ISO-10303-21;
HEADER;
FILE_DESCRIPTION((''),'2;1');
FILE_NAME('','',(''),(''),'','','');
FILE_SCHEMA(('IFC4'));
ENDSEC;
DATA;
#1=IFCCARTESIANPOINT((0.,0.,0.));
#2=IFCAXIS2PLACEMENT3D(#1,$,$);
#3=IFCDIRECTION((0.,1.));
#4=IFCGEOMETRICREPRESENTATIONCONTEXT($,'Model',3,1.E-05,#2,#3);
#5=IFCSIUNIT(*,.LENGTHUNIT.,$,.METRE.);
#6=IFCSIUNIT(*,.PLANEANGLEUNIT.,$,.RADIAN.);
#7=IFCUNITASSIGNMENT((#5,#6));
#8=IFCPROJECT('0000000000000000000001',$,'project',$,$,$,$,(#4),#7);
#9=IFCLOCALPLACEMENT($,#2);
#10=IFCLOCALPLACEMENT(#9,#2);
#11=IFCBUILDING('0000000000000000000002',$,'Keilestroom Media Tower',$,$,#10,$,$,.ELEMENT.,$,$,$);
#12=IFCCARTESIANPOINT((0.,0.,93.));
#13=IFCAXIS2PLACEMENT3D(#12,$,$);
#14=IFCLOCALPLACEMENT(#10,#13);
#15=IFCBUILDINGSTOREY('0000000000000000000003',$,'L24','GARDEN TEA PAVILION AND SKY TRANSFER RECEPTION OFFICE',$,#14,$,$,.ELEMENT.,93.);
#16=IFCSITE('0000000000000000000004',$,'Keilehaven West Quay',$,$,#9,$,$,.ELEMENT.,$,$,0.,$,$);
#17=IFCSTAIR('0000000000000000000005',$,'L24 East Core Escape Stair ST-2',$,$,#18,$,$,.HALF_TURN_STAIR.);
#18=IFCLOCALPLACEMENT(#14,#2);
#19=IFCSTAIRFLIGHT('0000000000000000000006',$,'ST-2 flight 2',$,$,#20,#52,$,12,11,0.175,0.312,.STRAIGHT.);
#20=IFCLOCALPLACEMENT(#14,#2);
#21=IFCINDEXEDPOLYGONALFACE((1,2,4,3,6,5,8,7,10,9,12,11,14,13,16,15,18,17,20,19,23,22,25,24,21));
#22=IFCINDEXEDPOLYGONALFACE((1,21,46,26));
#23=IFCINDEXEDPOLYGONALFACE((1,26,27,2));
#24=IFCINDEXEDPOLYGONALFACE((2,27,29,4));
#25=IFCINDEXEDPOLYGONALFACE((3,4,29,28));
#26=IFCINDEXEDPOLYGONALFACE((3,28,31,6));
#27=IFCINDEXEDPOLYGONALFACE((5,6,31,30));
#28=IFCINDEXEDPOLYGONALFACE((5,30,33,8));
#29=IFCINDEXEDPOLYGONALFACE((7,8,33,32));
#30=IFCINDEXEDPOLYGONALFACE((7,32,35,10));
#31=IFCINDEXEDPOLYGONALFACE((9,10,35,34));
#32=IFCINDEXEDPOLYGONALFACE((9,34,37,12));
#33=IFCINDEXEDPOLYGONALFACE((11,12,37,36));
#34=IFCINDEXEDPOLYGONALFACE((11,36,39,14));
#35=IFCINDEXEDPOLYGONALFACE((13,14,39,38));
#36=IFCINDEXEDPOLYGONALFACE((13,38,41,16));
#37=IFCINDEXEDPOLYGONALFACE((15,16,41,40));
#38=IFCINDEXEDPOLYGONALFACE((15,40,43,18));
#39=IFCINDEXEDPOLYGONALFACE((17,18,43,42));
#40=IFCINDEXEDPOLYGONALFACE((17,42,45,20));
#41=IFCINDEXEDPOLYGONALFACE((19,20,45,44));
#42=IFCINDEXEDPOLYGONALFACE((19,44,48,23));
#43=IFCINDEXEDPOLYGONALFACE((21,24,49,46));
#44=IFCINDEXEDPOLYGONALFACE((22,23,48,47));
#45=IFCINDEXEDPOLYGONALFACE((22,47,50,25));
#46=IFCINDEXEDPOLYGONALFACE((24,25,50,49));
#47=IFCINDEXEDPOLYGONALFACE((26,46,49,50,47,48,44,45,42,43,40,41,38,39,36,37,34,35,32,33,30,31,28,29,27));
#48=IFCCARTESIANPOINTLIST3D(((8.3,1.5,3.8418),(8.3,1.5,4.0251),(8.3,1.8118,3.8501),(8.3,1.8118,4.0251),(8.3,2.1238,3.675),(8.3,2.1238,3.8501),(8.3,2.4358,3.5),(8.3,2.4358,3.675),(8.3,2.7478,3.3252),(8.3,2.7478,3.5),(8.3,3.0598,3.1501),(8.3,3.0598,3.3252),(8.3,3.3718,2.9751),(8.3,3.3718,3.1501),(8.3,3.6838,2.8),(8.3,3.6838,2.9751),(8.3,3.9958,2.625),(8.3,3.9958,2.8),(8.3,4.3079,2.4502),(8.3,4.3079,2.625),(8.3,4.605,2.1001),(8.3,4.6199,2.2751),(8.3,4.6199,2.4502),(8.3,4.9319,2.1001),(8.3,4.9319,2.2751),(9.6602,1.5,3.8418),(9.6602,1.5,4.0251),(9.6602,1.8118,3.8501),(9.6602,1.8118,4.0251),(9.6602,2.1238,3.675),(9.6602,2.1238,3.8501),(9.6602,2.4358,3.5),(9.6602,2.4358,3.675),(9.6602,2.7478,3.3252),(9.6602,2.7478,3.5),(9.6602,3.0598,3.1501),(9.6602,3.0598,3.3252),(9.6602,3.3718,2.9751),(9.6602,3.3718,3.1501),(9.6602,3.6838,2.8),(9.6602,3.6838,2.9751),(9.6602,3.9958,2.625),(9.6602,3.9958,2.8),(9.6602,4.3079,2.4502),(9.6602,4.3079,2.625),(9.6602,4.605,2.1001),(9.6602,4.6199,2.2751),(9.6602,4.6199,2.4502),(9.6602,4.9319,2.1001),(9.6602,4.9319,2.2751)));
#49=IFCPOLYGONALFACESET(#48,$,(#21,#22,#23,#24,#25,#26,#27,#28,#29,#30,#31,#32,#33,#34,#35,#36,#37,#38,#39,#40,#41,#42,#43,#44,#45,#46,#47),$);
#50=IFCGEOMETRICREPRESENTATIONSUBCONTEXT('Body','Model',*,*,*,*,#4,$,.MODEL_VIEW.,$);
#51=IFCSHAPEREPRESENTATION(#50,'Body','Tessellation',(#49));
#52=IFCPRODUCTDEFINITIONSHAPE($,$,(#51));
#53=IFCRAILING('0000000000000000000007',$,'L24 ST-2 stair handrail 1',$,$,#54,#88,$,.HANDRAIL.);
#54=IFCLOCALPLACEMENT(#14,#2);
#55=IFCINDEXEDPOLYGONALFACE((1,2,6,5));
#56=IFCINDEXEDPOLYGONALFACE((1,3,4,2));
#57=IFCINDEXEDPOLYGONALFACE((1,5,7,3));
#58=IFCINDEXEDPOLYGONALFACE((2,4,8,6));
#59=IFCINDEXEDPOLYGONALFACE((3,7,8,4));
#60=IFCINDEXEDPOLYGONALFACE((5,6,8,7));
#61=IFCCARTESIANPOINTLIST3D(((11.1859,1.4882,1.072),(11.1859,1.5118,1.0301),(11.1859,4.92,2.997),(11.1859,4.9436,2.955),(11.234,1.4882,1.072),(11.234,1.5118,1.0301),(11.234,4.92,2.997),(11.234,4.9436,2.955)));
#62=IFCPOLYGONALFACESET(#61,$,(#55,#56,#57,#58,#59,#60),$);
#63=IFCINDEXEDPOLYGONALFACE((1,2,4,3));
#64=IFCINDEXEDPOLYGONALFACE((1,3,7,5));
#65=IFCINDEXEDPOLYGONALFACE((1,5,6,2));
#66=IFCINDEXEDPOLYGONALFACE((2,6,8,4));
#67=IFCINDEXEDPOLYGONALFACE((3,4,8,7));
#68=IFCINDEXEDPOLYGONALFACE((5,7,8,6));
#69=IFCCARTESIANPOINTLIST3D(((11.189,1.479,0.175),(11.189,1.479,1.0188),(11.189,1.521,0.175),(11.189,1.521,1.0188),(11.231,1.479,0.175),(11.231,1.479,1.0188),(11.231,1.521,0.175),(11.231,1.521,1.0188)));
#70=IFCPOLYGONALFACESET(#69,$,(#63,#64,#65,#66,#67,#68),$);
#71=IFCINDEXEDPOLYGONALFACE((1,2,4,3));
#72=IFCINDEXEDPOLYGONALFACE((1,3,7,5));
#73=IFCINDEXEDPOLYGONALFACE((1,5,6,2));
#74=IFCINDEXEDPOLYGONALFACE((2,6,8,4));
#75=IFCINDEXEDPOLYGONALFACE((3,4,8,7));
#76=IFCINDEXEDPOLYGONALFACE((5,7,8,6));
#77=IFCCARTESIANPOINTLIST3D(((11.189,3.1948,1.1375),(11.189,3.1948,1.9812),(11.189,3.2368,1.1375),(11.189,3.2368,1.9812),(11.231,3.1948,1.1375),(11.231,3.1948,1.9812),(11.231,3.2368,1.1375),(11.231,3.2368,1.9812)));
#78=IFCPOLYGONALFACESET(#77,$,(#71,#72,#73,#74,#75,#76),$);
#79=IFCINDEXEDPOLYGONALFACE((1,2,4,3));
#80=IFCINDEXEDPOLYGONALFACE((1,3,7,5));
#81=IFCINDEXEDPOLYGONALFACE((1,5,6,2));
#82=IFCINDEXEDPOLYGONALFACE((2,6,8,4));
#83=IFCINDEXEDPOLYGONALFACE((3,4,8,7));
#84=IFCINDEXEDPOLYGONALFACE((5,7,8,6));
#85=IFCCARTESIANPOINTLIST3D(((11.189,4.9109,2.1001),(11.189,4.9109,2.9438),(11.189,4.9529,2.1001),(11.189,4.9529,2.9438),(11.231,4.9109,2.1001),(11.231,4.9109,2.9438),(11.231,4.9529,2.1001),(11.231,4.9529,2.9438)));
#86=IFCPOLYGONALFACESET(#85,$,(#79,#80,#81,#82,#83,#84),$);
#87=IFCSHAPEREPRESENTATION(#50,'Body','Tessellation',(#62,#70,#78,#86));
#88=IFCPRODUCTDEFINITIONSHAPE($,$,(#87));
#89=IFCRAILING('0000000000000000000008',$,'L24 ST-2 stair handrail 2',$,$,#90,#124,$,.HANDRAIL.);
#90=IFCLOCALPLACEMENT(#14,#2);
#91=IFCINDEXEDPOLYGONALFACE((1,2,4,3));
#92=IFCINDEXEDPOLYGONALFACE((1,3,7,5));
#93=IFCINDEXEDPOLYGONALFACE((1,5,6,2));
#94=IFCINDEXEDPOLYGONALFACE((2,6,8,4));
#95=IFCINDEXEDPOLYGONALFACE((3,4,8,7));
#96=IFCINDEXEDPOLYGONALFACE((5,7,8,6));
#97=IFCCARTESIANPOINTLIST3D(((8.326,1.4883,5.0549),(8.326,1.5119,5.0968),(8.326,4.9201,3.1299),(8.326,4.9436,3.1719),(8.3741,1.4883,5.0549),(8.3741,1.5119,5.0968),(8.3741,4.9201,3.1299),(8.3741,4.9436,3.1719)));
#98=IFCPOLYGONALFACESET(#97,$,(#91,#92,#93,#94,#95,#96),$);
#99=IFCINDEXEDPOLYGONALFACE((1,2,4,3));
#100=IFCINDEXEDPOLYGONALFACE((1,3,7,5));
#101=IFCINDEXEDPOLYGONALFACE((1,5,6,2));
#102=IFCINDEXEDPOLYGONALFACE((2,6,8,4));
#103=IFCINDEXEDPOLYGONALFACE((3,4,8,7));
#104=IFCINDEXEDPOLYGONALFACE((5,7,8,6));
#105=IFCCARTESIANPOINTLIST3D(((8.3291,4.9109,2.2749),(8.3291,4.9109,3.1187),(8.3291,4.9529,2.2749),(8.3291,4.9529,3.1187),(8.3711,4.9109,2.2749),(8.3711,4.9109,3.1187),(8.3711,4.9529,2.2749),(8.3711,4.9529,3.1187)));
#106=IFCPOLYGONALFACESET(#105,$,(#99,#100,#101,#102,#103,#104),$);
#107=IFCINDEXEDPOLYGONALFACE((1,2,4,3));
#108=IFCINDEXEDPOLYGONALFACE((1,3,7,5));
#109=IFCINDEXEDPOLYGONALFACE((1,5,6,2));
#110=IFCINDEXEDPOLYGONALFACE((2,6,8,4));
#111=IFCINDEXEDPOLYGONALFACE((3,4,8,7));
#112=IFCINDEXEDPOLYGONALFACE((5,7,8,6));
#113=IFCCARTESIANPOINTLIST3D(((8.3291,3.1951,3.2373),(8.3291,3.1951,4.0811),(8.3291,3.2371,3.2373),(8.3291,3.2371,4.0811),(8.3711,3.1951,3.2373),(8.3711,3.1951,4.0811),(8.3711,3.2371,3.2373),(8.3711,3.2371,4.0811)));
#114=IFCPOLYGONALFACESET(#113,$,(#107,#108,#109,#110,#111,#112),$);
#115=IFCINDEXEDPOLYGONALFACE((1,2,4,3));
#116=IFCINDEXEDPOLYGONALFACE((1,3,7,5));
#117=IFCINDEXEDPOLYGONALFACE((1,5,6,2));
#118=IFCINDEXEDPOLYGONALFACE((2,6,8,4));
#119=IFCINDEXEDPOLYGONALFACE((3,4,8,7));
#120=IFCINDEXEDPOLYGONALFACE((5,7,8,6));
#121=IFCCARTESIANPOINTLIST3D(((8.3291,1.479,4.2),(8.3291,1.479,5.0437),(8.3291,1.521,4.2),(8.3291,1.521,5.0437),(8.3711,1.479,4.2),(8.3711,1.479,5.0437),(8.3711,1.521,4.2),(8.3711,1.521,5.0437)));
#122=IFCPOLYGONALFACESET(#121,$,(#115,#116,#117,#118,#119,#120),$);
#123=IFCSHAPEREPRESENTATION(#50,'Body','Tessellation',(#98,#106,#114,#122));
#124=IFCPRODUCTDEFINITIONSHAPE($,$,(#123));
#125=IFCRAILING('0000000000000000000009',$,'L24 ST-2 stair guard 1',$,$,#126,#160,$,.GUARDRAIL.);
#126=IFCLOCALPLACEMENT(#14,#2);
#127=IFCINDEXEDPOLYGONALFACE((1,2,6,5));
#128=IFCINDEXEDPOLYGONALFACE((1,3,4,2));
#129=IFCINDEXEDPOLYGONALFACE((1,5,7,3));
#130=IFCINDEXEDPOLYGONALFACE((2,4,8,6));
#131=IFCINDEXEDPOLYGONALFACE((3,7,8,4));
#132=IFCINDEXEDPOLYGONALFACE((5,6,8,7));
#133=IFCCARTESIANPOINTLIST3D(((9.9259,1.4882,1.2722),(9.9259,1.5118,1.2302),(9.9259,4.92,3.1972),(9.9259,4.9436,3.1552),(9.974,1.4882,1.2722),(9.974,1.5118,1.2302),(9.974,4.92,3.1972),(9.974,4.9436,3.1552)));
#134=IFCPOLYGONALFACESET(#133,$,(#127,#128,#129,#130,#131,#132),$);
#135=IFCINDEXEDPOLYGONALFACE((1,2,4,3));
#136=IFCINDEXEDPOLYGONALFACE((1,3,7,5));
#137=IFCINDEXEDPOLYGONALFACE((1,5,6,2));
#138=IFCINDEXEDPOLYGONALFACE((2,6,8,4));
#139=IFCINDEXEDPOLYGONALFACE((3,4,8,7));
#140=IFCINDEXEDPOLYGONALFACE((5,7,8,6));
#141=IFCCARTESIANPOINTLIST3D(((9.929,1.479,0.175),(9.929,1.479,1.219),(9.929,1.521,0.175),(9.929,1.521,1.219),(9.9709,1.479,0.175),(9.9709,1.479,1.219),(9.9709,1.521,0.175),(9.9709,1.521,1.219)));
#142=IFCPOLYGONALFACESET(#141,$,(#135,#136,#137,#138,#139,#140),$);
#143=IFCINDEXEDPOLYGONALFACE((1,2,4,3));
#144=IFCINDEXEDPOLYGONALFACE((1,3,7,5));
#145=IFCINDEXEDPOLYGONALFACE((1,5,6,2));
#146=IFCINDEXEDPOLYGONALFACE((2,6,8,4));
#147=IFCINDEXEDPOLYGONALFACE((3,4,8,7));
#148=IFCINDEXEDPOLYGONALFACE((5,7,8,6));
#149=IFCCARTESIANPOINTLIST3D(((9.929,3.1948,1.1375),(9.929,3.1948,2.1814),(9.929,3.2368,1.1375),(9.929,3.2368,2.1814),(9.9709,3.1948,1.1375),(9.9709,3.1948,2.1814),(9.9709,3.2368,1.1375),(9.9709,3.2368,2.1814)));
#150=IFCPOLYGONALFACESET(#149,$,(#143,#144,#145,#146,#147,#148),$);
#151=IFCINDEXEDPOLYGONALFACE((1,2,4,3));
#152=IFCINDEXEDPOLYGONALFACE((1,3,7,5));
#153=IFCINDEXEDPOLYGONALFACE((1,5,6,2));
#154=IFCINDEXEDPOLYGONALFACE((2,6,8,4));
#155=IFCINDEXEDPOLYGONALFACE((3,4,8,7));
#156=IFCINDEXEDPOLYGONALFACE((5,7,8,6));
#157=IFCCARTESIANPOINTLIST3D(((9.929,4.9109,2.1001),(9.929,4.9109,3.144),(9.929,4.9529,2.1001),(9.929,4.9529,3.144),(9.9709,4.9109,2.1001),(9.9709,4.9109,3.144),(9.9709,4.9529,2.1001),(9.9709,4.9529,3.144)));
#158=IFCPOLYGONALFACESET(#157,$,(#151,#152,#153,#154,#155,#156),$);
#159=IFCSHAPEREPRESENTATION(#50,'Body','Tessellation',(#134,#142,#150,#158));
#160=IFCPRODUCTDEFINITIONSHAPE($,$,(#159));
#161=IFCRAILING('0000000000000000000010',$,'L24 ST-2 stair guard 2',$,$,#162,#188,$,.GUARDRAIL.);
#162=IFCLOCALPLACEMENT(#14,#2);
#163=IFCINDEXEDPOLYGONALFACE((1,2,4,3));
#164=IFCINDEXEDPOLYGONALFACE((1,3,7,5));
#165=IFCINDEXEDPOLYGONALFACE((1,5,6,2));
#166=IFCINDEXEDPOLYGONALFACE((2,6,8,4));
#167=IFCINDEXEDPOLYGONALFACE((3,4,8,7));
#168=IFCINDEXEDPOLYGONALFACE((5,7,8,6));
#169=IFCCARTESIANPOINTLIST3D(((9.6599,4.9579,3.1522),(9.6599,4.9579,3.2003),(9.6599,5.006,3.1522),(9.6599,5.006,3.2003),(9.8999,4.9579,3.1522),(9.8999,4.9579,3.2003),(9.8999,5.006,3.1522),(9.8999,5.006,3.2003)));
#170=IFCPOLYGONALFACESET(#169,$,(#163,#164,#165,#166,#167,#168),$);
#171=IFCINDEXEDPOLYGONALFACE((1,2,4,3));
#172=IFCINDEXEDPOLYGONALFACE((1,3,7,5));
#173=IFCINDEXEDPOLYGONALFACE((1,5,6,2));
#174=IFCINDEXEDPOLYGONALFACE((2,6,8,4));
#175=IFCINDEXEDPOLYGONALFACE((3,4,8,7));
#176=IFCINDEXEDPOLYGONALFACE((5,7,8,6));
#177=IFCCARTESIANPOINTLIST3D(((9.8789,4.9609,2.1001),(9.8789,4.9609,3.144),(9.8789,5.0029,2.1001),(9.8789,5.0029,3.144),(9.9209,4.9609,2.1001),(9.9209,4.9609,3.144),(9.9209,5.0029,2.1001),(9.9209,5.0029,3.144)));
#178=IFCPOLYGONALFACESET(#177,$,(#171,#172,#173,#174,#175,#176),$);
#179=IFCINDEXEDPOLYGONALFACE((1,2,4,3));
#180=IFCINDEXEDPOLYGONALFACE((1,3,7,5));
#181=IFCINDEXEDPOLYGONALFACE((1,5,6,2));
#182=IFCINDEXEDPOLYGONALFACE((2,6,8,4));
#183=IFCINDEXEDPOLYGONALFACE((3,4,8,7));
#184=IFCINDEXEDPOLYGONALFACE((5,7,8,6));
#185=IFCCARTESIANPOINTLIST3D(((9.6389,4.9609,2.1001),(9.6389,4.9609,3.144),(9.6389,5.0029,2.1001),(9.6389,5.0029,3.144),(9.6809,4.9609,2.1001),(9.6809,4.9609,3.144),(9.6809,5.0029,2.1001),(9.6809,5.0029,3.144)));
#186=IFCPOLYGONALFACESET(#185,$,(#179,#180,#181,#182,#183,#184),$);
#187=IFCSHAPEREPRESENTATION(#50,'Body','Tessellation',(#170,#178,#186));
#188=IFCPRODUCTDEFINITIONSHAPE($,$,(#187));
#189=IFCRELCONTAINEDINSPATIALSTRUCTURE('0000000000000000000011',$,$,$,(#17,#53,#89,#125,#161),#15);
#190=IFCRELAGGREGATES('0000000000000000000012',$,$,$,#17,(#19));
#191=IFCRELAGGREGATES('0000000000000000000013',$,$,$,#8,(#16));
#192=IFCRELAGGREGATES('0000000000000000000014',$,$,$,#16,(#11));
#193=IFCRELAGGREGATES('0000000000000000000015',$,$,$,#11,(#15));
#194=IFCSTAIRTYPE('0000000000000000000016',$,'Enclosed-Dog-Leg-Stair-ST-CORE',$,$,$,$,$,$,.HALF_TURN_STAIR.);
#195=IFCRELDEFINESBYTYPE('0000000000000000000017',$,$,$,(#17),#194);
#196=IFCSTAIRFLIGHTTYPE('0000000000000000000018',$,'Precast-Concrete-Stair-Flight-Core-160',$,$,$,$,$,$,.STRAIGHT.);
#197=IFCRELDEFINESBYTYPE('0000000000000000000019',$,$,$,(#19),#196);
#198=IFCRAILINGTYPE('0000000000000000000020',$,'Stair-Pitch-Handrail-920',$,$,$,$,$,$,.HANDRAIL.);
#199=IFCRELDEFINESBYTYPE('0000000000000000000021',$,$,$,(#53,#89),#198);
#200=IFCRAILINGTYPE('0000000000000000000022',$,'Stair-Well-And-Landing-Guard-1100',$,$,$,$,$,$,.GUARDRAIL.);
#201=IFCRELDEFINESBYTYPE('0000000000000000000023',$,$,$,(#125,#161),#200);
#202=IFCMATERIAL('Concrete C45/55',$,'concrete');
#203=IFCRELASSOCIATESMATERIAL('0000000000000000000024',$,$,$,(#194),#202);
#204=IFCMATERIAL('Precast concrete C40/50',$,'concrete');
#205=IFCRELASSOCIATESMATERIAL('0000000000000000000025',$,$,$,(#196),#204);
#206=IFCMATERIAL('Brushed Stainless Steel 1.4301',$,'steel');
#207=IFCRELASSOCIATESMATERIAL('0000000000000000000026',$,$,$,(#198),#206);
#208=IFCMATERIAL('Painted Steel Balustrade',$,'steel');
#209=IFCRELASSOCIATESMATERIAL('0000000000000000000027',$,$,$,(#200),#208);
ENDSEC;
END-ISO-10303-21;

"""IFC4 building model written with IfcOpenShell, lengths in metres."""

from ifc_helpers import new_model, si_unit, direction, frame, origin, origin_2d, place, context, subcontext, project, spatial, polyline, rectangle, outline, extrude, material, type_object, element, aggregate, save


model = new_model("IFC4")

# Units and contexts
model_context = context("Model", 3, precision=1e-05, world=origin(), true_north=direction((0.0, 1.0)))
body_context = subcontext(model_context, "Body", "Model", "MODEL_VIEW")
ifc_project = project(units=[si_unit("LENGTHUNIT", "METRE"), si_unit("PLANEANGLEUNIT", "RADIAN")], contexts=[model_context])

# Site, building, storey
site_placement = place(None, origin())
site = spatial("IfcSite", under=ifc_project, at=site_placement, Name="Keilehaven West Quay", CompositionType="ELEMENT", RefElevation=0.0)
building_placement = place(site_placement, origin())
building = spatial("IfcBuilding", under=site, at=building_placement, Name="Keilestroom Media Tower", CompositionType="ELEMENT")
storey_placement = place(building_placement, frame((0.0, 0.0, 93.0)))
storey = spatial("IfcBuildingStorey", under=building, at=storey_placement, Name="L24", Description="GARDEN TEA PAVILION AND SKY TRANSFER RECEPTION OFFICE", CompositionType="ELEMENT", Elevation=93.0)

# Shared definitions
ifc_material_1 = material(Name="Concrete C45/55", Category="concrete")

# Stair
stair_type = type_object("IfcStairType", Name="Enclosed-Dog-Leg-Stair-ST-CORE", PredefinedType="HALF_TURN_STAIR", material=ifc_material_1)
stair_1_placement = place(storey_placement, origin())
stair_1 = element("IfcStair", 1, at=stair_1_placement, inside=storey, type_object=stair_type, Name="L24 East Core Escape Stair ST-2", PredefinedType="HALF_TURN_STAIR")

# Stair flight
ifc_material_2 = material(Name="Precast concrete C40/50", Category="concrete")
stair_flight_type = type_object("IfcStairFlightType", Name="Precast-Concrete-Stair-Flight-Core-160", PredefinedType="STRAIGHT", material=ifc_material_2)
stair_flight_1_placement = place(storey_placement, frame((8.98, 4.9319, 2.1001), z_axis=(0.0, 0.0, 1.0), x_axis=(0.0, -1.0, 0.0)))
stair_flight_1 = element("IfcStairFlight", 2, at=stair_flight_1_placement, type_object=stair_flight_type, Name="ST-2 flight 2", NumberOfRisers=12, NumberOfTreads=11, PredefinedType="STRAIGHT", RiserHeight=0.175, TreadLength=0.312, context=body_context, shape_type="SweptSolid", body=[
    extrude(outline(polyline([(0.0, 0.0), (0.0, 0.175), (0.312, 0.175), (0.312, 0.3501), (0.624, 0.3501), (0.624, 0.5249), (0.936, 0.5249), (0.936, 0.7), (1.248, 0.7), (1.248, 0.875), (1.5601, 0.875), (1.5601, 1.05), (1.8721, 1.05), (1.8721, 1.2251), (2.1841, 1.2251), (2.1841, 1.3999), (2.4961, 1.3999), (2.4961, 1.575), (2.8081, 1.575), (2.8081, 1.75), (3.1201, 1.75), (3.1201, 1.925), (3.4319, 1.925), (3.4319, 2.1001), (3.4319, 1.7417), (0.3269, 0.0), (0.0, 0.0)])), frame((0.0, 0.6802, 0.0), z_axis=(0.0, -1.0, 0.0), x_axis=(1.0, 0.0, 0.0)), (0.0, 0.0, 1.0), 1.3601),
])
aggregate(stair_1, [stair_flight_1])

# Railings
ifc_material_3 = material(Name="Brushed Stainless Steel 1.4301", Category="steel")
railing_type_1 = type_object("IfcRailingType", Name="Stair-Pitch-Handrail-920", PredefinedType="HANDRAIL", material=ifc_material_3)
railing_1_placement = place(storey_placement, frame((11.21, 1.5, 0.175)))
element("IfcRailing", 3, at=railing_1_placement, inside=storey, type_object=railing_type_1, Name="L24 ST-2 stair handrail 1", PredefinedType="HANDRAIL", context=body_context, shape_type="SweptSolid", body=[
    extrude(rectangle(XDim=0.0481, YDim=0.0481, at=origin_2d()), frame((0.0, 0.0, 0.876), z_axis=(0.0, 0.87216, 0.489221), x_axis=(-1.0, 0.0, 0.0)), (0.0, 0.0, 1.0), 3.9348),
    extrude(rectangle(XDim=0.042, YDim=0.042, at=origin_2d()), origin(), (0.0, 0.0, 1.0), 0.8438),
    extrude(rectangle(XDim=0.042, YDim=0.042, at=origin_2d()), frame((0.0, 1.7158, 0.9624)), (0.0, 0.0, 1.0), 0.8438),
    extrude(rectangle(XDim=0.042, YDim=0.042, at=origin_2d()), frame((0.0, 3.4319, 1.925)), (0.0, 0.0, 1.0), 0.8438),
])
railing_2_placement = place(storey_placement, frame((8.3501, 4.9319, 2.2749)))
element("IfcRailing", 4, at=railing_2_placement, inside=storey, type_object=railing_type_1, Name="L24 ST-2 stair handrail 2", PredefinedType="HANDRAIL", context=body_context, shape_type="SweptSolid", body=[
    extrude(rectangle(XDim=0.0481, YDim=0.0481, at=origin_2d()), frame((0.0, 0.0, 0.876), z_axis=(0.0, -0.87216, 0.489221), x_axis=(1.0, 0.0, 0.0)), (0.0, 0.0, 1.0), 3.9348),
    extrude(rectangle(XDim=0.042, YDim=0.042, at=origin_2d()), origin(), (0.0, 0.0, 1.0), 0.8438),
    extrude(rectangle(XDim=0.042, YDim=0.042, at=origin_2d()), frame((0.0, -1.7158, 0.9624)), (0.0, 0.0, 1.0), 0.8438),
    extrude(rectangle(XDim=0.042, YDim=0.042, at=origin_2d()), frame((0.0, -3.4319, 1.925)), (0.0, 0.0, 1.0), 0.8438),
])
ifc_material_4 = material(Name="Painted Steel Balustrade", Category="steel")
railing_type_2 = type_object("IfcRailingType", Name="Stair-Well-And-Landing-Guard-1100", PredefinedType="GUARDRAIL", material=ifc_material_4)
railing_3_placement = place(storey_placement, frame((9.95, 1.5, 0.175)))
element("IfcRailing", 5, at=railing_3_placement, inside=storey, type_object=railing_type_2, Name="L24 ST-2 stair guard 1", PredefinedType="GUARDRAIL", context=body_context, shape_type="SweptSolid", body=[
    extrude(rectangle(XDim=0.0481, YDim=0.0481, at=origin_2d()), frame((0.0, 0.0, 1.0762), z_axis=(0.0, 0.87216, 0.489221), x_axis=(-1.0, 0.0, 0.0)), (0.0, 0.0, 1.0), 3.9348),
    extrude(rectangle(XDim=0.042, YDim=0.042, at=origin_2d()), origin(), (0.0, 0.0, 1.0), 1.0439),
    extrude(rectangle(XDim=0.042, YDim=0.042, at=origin_2d()), frame((0.0, 1.7158, 0.9624)), (0.0, 0.0, 1.0), 1.0439),
    extrude(rectangle(XDim=0.042, YDim=0.042, at=origin_2d()), frame((0.0, 3.4319, 1.925)), (0.0, 0.0, 1.0), 1.0439),
])
railing_4_placement = place(storey_placement, frame((9.8999, 4.9819, 2.1001)))
element("IfcRailing", 6, at=railing_4_placement, inside=storey, type_object=railing_type_2, Name="L24 ST-2 stair guard 2", PredefinedType="GUARDRAIL", context=body_context, shape_type="SweptSolid", body=[
    extrude(rectangle(XDim=0.0481, YDim=0.0481, at=origin_2d()), frame((0.0, 0.0, 1.0762), z_axis=(-1.0, 0.0, 0.0), x_axis=(0.0, -1.0, 0.0)), (0.0, 0.0, 1.0), 0.24),
    extrude(rectangle(XDim=0.042, YDim=0.042, at=origin_2d()), origin(), (0.0, 0.0, 1.0), 1.0439),
    extrude(rectangle(XDim=0.042, YDim=0.042, at=origin_2d()), frame((-0.24, 0.0, 0.0)), (0.0, 0.0, 1.0), 1.0439),
])

save(model, "model.ifc")
